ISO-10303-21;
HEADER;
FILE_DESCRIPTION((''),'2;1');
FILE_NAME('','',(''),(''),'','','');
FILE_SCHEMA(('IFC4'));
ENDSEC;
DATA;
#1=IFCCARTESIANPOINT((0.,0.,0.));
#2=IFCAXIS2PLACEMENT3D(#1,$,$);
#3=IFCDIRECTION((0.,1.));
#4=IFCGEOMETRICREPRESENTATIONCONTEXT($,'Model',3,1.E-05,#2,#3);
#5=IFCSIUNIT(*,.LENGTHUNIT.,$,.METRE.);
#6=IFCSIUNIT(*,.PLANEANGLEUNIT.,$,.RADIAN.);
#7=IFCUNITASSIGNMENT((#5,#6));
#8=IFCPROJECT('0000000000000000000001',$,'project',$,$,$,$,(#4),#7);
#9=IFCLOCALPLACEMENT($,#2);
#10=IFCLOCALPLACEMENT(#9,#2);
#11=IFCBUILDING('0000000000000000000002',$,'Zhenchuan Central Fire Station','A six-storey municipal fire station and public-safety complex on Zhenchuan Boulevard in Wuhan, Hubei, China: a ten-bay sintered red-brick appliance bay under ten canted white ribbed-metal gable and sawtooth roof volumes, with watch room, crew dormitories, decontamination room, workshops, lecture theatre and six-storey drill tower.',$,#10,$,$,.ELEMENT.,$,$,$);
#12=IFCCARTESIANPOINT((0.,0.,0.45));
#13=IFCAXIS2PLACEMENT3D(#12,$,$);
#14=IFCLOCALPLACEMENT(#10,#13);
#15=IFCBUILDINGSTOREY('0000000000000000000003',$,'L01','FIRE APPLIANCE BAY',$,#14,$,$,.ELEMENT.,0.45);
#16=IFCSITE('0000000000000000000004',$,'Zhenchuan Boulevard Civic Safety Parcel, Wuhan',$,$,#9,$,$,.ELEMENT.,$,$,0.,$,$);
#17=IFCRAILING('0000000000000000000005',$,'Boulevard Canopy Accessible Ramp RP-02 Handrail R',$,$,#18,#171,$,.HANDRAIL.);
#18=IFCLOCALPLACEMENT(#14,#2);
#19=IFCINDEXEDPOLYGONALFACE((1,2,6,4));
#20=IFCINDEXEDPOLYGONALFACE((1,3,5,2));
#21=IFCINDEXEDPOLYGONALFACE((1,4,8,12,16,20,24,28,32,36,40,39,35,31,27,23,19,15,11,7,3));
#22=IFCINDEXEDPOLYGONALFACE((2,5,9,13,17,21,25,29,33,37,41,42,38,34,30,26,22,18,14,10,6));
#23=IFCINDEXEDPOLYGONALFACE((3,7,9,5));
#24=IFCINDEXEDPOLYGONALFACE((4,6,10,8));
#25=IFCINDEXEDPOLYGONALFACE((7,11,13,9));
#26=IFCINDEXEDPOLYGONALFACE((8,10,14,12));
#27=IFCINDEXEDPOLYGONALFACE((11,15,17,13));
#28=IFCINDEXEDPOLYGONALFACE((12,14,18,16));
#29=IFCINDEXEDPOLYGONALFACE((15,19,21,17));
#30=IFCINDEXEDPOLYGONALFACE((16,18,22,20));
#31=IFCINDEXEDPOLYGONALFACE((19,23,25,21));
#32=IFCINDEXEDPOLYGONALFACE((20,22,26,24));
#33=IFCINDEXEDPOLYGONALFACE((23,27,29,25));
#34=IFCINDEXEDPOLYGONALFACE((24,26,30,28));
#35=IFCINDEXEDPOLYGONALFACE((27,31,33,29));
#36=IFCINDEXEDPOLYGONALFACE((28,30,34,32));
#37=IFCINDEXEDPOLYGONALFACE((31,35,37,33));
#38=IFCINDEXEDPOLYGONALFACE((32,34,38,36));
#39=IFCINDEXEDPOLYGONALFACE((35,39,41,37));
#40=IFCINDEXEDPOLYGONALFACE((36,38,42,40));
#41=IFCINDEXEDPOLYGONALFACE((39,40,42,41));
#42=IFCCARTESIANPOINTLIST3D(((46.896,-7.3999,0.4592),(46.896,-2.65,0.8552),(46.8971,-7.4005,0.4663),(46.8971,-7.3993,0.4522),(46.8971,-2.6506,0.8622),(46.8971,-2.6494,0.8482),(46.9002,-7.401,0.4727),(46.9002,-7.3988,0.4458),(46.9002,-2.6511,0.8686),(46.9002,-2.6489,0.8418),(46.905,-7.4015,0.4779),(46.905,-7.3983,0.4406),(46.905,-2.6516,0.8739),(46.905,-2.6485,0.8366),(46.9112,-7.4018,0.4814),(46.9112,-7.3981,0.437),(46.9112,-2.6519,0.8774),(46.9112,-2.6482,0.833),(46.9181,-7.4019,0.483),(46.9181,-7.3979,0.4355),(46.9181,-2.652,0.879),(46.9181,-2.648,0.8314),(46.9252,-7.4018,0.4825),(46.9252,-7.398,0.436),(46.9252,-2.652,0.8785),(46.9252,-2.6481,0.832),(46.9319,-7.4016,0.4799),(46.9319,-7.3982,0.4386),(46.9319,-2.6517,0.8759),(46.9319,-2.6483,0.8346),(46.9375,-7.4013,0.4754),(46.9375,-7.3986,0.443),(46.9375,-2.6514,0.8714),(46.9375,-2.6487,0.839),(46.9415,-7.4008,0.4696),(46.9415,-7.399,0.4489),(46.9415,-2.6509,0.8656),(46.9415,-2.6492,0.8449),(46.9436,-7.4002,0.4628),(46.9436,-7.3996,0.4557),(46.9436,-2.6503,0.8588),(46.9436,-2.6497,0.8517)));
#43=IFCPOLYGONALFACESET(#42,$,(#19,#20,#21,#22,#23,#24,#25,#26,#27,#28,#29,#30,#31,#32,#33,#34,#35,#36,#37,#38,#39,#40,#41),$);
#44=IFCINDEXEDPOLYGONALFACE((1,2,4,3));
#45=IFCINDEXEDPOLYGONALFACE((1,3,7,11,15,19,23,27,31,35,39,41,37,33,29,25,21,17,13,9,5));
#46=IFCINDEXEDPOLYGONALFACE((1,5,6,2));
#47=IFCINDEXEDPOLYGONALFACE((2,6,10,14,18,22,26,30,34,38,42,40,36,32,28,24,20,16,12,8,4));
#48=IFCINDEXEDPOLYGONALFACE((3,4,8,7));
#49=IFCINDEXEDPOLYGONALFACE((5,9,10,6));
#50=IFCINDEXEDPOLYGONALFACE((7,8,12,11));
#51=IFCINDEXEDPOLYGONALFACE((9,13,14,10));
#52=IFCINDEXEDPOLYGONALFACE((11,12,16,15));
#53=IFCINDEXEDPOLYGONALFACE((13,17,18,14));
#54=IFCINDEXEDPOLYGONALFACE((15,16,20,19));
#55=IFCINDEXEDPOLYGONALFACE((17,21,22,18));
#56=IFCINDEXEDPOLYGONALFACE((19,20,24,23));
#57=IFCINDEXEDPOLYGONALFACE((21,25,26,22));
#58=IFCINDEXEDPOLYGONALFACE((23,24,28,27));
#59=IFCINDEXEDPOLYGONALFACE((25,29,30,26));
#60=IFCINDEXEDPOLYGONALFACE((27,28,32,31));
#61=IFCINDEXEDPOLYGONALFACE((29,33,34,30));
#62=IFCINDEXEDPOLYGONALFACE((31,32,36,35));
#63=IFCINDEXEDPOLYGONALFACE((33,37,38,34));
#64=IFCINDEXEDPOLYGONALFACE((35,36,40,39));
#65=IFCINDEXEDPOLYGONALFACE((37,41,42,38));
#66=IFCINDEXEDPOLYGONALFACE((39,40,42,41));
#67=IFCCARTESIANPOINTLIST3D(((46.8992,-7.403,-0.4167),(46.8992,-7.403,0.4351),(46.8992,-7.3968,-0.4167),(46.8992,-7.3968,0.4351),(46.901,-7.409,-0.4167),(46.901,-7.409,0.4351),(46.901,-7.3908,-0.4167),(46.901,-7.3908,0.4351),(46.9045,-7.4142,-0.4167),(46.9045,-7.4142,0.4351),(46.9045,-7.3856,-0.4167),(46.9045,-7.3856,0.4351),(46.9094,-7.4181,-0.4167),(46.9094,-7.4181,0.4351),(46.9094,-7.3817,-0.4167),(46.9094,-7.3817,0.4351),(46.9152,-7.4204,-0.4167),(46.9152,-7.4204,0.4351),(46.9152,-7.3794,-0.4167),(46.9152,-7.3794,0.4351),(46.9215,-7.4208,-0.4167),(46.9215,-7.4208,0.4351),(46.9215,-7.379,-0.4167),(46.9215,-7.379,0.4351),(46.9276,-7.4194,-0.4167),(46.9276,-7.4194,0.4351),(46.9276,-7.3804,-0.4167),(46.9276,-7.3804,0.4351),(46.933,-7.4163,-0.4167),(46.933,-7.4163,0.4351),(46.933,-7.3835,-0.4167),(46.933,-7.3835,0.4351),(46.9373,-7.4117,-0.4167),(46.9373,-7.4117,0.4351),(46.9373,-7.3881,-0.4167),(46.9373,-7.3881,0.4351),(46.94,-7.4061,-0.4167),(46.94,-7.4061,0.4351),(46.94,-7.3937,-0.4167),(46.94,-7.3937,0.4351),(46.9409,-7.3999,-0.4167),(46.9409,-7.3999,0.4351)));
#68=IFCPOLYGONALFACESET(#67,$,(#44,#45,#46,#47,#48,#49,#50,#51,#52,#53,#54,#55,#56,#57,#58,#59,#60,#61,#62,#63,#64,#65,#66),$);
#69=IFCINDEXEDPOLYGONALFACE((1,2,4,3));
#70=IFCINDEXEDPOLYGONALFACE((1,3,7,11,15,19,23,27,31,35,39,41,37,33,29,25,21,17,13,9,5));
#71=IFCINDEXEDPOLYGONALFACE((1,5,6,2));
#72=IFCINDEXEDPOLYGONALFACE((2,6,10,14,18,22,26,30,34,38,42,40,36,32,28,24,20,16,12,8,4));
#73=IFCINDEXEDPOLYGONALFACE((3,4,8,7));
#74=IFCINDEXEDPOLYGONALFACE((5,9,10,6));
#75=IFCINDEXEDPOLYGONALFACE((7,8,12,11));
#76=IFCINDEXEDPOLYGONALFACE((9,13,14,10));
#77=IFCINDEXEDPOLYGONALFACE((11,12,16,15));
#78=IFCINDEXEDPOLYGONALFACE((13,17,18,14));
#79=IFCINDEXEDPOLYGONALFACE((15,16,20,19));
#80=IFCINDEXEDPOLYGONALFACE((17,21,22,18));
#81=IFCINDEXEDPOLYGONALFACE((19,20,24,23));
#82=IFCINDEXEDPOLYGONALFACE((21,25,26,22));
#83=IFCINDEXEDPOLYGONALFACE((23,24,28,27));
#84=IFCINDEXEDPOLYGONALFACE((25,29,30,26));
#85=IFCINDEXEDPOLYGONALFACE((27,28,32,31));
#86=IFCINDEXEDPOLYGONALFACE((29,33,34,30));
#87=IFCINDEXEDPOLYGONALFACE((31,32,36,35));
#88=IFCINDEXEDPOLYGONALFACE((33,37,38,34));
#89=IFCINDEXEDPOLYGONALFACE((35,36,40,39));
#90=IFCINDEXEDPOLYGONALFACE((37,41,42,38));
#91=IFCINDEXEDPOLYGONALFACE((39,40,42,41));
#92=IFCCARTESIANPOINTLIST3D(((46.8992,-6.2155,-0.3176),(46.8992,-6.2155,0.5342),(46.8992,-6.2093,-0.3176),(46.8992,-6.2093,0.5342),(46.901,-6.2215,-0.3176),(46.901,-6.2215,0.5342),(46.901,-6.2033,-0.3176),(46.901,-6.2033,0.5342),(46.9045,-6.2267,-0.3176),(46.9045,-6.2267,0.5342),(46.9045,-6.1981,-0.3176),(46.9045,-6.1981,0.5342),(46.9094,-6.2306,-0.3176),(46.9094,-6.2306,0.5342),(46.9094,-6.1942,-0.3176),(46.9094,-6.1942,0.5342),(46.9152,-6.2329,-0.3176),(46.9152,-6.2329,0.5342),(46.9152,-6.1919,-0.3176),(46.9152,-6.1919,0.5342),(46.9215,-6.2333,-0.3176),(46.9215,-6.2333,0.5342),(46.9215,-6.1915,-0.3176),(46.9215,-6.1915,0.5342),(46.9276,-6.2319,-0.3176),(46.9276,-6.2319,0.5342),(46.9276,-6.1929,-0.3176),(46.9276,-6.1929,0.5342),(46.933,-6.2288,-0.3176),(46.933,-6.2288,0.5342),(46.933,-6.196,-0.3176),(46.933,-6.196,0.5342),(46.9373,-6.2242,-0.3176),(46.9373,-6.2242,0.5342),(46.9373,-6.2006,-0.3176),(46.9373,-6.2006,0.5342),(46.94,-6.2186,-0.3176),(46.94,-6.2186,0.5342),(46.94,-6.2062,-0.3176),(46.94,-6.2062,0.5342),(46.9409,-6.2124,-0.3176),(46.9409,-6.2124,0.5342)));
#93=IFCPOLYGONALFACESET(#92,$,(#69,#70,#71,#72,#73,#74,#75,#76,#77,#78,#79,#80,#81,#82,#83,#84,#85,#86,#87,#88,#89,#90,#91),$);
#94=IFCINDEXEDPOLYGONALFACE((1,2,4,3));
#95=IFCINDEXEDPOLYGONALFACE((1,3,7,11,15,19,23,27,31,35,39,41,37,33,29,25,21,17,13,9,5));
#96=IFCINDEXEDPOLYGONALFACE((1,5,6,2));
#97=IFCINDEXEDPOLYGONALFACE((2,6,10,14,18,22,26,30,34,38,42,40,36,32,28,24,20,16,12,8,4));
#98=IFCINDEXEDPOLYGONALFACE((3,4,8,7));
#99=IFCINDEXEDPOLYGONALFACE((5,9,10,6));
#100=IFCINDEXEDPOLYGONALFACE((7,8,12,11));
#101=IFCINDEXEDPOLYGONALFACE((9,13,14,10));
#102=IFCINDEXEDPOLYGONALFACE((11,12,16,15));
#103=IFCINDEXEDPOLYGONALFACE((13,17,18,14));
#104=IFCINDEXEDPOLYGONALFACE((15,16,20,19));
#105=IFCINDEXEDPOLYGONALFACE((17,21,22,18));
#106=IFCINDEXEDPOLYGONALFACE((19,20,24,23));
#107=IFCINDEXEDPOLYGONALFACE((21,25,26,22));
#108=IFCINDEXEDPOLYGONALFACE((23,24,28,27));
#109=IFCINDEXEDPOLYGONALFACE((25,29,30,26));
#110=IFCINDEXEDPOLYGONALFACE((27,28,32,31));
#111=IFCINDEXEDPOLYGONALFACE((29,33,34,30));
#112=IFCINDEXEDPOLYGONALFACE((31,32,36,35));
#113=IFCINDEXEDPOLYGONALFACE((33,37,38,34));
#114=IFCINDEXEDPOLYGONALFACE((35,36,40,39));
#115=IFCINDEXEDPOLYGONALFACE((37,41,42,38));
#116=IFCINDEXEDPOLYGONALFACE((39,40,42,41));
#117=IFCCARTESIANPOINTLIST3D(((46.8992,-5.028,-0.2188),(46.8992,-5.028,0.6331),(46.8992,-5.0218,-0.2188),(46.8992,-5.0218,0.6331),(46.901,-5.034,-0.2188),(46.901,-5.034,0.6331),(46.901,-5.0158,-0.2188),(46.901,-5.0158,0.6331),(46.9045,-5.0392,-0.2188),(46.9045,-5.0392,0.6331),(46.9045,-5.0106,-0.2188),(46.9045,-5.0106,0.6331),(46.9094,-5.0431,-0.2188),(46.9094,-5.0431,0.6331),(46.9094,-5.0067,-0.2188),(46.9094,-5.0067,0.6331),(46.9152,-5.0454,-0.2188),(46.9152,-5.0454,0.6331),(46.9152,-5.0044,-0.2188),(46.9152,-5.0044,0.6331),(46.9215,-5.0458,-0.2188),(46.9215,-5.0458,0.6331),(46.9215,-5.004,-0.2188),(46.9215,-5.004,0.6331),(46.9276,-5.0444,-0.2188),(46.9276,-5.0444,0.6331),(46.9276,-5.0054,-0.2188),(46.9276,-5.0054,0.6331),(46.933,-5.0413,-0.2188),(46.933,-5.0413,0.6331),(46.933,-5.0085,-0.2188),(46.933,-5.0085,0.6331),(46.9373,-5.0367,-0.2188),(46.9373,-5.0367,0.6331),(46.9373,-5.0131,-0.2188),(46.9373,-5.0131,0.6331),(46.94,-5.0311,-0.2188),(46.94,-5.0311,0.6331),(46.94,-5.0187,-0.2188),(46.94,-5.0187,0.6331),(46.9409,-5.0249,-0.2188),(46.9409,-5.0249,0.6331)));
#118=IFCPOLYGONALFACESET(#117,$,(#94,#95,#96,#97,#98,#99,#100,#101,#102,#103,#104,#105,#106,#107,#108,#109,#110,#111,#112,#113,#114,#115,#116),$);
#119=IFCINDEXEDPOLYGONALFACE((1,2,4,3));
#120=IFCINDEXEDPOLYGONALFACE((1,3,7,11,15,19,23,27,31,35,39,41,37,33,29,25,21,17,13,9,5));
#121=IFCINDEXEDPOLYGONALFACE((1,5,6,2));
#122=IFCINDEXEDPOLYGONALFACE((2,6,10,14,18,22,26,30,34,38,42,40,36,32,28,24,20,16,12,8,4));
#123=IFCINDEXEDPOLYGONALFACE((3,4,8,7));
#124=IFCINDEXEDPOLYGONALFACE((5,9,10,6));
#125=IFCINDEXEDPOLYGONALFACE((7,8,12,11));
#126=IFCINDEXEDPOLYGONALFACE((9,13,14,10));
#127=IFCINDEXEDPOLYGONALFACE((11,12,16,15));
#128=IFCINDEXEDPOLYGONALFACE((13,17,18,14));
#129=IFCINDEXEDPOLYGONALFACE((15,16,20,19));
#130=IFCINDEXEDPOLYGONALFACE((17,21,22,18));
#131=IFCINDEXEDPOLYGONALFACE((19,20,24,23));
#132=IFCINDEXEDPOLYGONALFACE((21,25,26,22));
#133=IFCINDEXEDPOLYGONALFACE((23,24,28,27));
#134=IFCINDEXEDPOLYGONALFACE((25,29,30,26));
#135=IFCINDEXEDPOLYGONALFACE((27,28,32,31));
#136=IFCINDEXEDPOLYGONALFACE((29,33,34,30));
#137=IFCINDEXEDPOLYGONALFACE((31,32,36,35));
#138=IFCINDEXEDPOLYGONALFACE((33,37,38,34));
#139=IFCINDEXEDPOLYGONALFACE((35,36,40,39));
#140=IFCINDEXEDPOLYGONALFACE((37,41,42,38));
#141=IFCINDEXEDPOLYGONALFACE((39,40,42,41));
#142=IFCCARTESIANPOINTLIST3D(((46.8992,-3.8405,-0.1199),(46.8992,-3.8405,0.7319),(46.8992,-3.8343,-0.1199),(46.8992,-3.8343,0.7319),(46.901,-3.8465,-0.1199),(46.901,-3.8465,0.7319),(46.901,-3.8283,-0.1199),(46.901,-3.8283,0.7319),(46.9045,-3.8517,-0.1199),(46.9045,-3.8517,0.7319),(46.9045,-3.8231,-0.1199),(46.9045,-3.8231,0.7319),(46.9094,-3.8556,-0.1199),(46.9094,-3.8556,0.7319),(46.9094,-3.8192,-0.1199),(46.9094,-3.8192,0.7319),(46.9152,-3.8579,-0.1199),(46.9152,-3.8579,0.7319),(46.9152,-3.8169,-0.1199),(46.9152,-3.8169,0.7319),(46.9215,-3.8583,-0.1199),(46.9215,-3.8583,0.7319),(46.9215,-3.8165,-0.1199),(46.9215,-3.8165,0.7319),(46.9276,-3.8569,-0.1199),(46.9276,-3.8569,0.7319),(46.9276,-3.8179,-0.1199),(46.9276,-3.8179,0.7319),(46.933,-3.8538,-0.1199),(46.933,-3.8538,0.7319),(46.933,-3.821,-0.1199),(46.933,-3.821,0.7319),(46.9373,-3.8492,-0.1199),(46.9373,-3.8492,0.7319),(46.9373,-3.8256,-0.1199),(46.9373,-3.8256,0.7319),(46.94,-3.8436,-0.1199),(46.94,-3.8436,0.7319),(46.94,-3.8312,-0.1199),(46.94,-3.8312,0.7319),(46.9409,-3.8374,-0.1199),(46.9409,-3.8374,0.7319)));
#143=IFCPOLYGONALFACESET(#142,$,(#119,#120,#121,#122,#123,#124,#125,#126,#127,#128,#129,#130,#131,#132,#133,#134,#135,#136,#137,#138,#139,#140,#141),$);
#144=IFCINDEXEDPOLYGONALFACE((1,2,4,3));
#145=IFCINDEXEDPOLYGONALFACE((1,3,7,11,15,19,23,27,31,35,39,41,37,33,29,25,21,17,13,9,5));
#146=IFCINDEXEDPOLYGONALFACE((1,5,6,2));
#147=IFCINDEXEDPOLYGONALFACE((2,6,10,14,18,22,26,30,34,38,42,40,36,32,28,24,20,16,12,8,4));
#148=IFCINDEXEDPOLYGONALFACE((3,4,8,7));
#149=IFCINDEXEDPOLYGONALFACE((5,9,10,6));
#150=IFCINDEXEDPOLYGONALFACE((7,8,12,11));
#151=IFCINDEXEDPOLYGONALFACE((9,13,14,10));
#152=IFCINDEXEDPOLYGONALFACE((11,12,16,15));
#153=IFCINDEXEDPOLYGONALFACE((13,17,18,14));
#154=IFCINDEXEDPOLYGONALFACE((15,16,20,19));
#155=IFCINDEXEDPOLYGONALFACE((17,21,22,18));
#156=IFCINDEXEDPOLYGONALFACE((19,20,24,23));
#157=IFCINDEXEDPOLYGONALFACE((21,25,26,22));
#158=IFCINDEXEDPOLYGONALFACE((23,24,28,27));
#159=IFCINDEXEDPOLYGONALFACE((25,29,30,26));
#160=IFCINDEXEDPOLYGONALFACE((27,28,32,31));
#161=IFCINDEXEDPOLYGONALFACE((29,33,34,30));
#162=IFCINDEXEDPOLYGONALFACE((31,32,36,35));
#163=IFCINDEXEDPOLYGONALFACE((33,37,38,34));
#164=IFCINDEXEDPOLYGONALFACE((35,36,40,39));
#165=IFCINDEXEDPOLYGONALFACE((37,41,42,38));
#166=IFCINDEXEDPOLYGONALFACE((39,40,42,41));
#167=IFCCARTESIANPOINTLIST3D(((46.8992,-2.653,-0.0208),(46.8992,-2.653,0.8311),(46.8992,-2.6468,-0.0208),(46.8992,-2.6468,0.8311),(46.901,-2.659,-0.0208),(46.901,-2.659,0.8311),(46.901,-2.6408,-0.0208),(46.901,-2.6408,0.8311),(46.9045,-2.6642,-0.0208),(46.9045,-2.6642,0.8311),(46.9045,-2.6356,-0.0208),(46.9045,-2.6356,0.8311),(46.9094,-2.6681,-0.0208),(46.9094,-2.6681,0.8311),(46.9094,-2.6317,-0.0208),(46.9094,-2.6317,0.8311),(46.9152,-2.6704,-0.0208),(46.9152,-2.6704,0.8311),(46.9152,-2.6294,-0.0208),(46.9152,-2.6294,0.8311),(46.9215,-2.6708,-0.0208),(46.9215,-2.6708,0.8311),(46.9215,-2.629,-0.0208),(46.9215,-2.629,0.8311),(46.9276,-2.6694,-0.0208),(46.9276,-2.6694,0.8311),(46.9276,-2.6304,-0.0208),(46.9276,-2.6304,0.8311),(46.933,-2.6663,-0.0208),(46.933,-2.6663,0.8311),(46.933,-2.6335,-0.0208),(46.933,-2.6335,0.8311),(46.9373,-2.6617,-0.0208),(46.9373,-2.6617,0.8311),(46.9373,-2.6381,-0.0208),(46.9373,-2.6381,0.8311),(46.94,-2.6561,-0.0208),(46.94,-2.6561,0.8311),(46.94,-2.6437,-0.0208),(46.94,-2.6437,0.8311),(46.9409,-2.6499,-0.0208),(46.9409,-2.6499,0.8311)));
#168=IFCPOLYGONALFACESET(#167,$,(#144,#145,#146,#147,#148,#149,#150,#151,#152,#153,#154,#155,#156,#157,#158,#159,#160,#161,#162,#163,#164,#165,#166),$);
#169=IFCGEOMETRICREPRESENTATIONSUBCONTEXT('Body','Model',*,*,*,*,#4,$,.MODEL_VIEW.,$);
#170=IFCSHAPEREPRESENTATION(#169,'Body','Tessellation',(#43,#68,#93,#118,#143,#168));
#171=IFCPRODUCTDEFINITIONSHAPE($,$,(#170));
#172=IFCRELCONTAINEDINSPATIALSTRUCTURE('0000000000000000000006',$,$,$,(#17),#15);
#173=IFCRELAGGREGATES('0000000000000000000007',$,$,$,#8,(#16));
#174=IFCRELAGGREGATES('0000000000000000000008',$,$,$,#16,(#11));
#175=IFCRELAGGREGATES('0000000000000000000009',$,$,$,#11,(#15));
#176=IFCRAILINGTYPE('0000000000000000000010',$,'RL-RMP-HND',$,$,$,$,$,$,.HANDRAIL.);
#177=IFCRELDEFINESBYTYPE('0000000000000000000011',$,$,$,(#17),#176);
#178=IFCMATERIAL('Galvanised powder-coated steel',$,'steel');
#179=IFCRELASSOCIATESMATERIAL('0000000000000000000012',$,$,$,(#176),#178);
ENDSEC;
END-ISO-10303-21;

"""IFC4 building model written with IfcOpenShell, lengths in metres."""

from ifc_helpers import new_model, si_unit, direction, frame, origin, origin_2d, place, context, subcontext, project, spatial, circle, extrude, material, type_object, element, save


model = new_model("IFC4")

# Units and contexts
model_context = context("Model", 3, precision=1e-05, world=origin(), true_north=direction((0.0, 1.0)))
body_context = subcontext(model_context, "Body", "Model", "MODEL_VIEW")
ifc_project = project(units=[si_unit("LENGTHUNIT", "METRE"), si_unit("PLANEANGLEUNIT", "RADIAN")], contexts=[model_context])

# Site, building, storey
site_placement = place(None, origin())
site = spatial("IfcSite", under=ifc_project, at=site_placement, Name="Zhenchuan Boulevard Civic Safety Parcel, Wuhan", CompositionType="ELEMENT", RefElevation=0.0)
building_placement = place(site_placement, origin())
building = spatial("IfcBuilding", under=site, at=building_placement, Name="Zhenchuan Central Fire Station", Description="A six-storey municipal fire station and public-safety complex on Zhenchuan Boulevard in Wuhan, Hubei, China: a ten-bay sintered red-brick appliance bay under ten canted white ribbed-metal gable and sawtooth roof volumes, with watch room, crew dormitories, decontamination room, workshops, lecture theatre and six-storey drill tower.", CompositionType="ELEMENT")
storey_placement = place(building_placement, frame((0.0, 0.0, 0.45)))
storey = spatial("IfcBuildingStorey", under=building, at=storey_placement, Name="L01", Description="FIRE APPLIANCE BAY", CompositionType="ELEMENT", Elevation=0.45)

# Railing
ifc_material_1 = material(Name="Galvanised powder-coated steel", Category="steel")
railing_type = type_object("IfcRailingType", Name="RL-RMP-HND", PredefinedType="HANDRAIL", material=ifc_material_1)
for number, where, name in (
    (1, (46.9199, -7.3999, -0.4167), "Boulevard Canopy Accessible Ramp RP-02 Handrail R"),
):
    element("IfcRailing", number, at=place(storey_placement, frame(where)), inside=storey, type_object=railing_type, Name=name, PredefinedType="HANDRAIL", context=body_context, shape_type="SweptSolid", body=[
        extrude(circle(Radius=0.0239, at=origin_2d()), frame((0.0, 0.0, 0.876), z_axis=(0.0, 0.996543, 0.083079), x_axis=(-1.0, 0.0, 0.0)), (0.0, 0.0, 1.0), 4.7664),
        extrude(circle(Radius=0.021, at=origin_2d()), origin(), (0.0, 0.0, 1.0), 0.8518),
        extrude(circle(Radius=0.021, at=origin_2d()), frame((0.0, 1.1875, 0.0991)), (0.0, 0.0, 1.0), 0.8518),
        extrude(circle(Radius=0.021, at=origin_2d()), frame((0.0, 2.375, 0.198)), (0.0, 0.0, 1.0), 0.8518),
        extrude(circle(Radius=0.021, at=origin_2d()), frame((0.0, 3.5625, 0.2969)), (0.0, 0.0, 1.0), 0.8518),
        extrude(circle(Radius=0.021, at=origin_2d()), frame((0.0, 4.75, 0.396)), (0.0, 0.0, 1.0), 0.8518),
    ])

save(model, "model.ifc")
